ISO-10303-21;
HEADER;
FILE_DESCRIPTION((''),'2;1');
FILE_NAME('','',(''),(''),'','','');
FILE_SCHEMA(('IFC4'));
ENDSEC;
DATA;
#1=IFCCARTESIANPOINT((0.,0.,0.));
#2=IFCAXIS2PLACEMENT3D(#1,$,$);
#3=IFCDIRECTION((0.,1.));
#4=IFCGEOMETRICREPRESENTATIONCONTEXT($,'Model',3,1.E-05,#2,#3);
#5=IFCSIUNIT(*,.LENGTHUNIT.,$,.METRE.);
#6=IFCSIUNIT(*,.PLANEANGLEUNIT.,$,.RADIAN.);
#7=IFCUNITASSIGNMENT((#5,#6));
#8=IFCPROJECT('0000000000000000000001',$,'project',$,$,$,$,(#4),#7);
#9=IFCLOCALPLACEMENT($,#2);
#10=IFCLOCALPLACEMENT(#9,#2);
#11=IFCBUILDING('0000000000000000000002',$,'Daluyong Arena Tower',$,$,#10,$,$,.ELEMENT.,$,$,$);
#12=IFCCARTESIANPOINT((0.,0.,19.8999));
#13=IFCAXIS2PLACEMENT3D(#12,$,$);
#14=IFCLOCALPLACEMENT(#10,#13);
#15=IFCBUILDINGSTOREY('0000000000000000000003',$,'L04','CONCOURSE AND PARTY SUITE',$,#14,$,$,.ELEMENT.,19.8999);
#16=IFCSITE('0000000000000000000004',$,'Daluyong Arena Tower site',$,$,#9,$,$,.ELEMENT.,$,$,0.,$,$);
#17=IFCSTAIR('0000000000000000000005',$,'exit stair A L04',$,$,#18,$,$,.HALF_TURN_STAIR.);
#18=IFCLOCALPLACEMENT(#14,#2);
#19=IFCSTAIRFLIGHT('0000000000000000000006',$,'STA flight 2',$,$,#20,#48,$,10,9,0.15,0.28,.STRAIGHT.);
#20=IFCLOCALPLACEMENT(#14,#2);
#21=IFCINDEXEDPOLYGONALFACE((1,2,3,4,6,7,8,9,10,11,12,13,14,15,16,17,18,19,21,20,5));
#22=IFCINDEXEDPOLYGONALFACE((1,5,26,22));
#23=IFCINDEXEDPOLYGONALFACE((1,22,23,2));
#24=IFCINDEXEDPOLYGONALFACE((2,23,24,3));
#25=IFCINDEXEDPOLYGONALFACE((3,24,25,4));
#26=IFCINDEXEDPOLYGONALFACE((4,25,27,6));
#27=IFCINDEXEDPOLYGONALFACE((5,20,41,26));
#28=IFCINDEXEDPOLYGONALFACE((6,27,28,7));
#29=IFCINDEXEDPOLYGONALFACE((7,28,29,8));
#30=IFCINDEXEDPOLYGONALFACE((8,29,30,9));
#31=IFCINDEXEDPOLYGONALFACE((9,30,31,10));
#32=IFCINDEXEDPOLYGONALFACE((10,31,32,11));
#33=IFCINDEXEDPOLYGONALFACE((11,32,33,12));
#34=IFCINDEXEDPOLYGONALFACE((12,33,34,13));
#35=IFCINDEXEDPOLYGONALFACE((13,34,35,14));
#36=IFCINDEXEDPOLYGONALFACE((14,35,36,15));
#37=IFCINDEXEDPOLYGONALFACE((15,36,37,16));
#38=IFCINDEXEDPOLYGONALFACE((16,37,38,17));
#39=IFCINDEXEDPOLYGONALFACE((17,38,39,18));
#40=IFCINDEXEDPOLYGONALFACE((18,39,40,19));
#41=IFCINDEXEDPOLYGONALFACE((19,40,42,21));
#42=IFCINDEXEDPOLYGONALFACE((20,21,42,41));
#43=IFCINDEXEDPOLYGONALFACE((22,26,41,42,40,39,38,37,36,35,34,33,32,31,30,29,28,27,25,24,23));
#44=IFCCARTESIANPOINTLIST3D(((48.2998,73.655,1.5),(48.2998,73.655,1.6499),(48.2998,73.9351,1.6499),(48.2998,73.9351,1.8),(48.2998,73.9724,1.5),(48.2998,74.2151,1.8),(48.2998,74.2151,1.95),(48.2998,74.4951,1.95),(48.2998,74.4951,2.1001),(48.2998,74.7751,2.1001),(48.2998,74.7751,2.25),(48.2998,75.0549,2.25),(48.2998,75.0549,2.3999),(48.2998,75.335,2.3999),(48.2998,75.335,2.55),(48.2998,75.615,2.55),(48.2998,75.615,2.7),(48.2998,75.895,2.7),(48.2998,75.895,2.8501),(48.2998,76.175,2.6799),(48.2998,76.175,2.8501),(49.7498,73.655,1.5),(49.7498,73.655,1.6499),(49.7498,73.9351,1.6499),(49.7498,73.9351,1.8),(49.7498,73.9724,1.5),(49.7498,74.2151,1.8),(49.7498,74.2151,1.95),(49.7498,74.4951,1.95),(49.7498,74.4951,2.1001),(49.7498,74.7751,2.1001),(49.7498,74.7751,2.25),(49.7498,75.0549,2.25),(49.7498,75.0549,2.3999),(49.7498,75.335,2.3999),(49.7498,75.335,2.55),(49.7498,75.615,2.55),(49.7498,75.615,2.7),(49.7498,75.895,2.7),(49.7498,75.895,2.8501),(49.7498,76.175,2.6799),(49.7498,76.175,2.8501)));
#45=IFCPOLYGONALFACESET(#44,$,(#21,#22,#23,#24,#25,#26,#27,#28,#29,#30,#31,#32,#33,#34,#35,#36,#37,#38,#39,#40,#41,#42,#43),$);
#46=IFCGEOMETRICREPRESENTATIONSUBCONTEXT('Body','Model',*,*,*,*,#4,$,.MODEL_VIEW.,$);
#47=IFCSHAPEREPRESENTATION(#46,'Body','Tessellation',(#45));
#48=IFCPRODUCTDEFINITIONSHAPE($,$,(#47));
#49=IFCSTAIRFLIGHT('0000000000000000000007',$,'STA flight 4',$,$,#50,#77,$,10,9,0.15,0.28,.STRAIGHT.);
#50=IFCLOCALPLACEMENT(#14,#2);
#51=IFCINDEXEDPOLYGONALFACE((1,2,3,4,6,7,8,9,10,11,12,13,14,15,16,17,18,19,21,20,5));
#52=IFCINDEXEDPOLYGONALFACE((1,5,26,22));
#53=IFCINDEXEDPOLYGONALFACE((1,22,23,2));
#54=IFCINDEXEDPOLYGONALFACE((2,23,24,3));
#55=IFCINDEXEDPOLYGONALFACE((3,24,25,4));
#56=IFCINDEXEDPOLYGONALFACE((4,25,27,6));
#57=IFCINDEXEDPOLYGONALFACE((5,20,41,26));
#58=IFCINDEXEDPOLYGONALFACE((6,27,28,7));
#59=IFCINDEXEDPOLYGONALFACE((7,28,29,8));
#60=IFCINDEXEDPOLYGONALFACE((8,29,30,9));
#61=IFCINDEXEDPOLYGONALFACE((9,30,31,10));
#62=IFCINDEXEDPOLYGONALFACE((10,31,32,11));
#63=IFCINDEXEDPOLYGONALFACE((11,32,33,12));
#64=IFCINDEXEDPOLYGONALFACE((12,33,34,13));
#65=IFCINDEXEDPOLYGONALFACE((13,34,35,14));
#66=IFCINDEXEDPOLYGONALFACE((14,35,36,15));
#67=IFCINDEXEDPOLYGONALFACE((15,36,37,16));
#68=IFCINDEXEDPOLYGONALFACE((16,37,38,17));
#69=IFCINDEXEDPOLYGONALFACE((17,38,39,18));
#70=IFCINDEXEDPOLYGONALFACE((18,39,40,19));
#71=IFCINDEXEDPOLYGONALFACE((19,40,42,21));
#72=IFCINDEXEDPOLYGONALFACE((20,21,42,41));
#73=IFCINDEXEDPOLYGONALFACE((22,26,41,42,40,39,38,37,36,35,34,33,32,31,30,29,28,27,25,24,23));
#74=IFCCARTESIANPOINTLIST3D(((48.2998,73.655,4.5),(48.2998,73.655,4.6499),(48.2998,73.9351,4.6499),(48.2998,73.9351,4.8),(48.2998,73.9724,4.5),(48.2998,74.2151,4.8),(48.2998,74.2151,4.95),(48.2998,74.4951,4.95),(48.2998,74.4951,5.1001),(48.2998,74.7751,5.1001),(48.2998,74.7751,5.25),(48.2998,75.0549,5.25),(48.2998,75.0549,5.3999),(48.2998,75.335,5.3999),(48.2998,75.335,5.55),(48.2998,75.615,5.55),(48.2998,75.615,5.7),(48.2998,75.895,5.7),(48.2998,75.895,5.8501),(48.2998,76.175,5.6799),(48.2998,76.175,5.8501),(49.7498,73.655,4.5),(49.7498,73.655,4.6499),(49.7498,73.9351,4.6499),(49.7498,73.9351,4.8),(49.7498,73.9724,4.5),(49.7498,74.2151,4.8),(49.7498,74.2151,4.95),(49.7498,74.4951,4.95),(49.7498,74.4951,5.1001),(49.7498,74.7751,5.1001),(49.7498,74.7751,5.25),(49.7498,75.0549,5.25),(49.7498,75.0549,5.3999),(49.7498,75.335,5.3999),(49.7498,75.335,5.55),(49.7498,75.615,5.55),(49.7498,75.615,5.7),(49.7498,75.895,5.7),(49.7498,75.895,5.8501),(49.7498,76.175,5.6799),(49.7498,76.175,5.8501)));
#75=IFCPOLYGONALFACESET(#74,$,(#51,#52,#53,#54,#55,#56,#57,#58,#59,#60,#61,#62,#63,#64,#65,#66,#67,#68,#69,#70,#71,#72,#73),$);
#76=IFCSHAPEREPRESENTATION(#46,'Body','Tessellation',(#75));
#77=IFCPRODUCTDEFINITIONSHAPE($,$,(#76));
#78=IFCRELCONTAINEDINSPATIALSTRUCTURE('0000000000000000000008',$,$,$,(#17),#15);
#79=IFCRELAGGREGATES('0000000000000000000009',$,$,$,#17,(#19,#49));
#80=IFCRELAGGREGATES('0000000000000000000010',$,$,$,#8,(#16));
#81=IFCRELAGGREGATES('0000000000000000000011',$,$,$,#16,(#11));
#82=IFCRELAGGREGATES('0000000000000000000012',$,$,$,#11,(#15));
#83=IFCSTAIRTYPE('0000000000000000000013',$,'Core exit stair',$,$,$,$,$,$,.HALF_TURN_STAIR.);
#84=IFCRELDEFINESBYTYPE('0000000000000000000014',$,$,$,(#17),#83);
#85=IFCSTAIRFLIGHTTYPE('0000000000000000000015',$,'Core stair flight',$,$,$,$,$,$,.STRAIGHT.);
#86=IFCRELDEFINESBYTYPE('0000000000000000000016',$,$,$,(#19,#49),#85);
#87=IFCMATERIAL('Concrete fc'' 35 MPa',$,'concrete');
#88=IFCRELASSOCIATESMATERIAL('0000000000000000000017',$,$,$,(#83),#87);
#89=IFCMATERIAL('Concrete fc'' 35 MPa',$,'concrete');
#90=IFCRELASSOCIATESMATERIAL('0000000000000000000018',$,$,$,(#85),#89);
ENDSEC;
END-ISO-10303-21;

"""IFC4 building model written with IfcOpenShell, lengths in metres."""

from ifc_helpers import new_model, si_unit, direction, frame, origin, place, context, subcontext, project, spatial, polyline, outline, extrude, material, type_object, element, aggregate, save


model = new_model("IFC4")

# Units and contexts
model_context = context("Model", 3, precision=1e-05, world=origin(), true_north=direction((0.0, 1.0)))
body_context = subcontext(model_context, "Body", "Model", "MODEL_VIEW")
ifc_project = project(units=[si_unit("LENGTHUNIT", "METRE"), si_unit("PLANEANGLEUNIT", "RADIAN")], contexts=[model_context])

# Site, building, storey
site_placement = place(None, origin())
site = spatial("IfcSite", under=ifc_project, at=site_placement, Name="Daluyong Arena Tower site", CompositionType="ELEMENT", RefElevation=0.0)
building_placement = place(site_placement, origin())
building = spatial("IfcBuilding", under=site, at=building_placement, Name="Daluyong Arena Tower", CompositionType="ELEMENT")
storey_placement = place(building_placement, frame((0.0, 0.0, 19.8999)))
storey = spatial("IfcBuildingStorey", under=building, at=storey_placement, Name="L04", Description="CONCOURSE AND PARTY SUITE", CompositionType="ELEMENT", Elevation=19.8999)

# Stair, stair flights
ifc_material_1 = material(Name="Concrete fc' 35 MPa", Category="concrete")
stair_type = type_object("IfcStairType", Name="Core exit stair", PredefinedType="HALF_TURN_STAIR", material=ifc_material_1)
stair_placement = place(storey_placement, origin())
stair = element("IfcStair", 1, at=stair_placement, inside=storey, type_object=stair_type, Name="exit stair A L04", PredefinedType="HALF_TURN_STAIR")
ifc_material_2 = material(Name="Concrete fc' 35 MPa", Category="concrete")
stair_flight_type = type_object("IfcStairFlightType", Name="Core stair flight", PredefinedType="STRAIGHT", material=ifc_material_2)
stair_flight_1_placement = place(storey_placement, frame((49.0249, 73.655, 1.5), z_axis=(0.0, 0.0, 1.0), x_axis=(0.0, 1.0, 0.0)))
stair_flight_1 = element("IfcStairFlight", 2, at=stair_flight_1_placement, type_object=stair_flight_type, Name="STA flight 2", NumberOfRisers=10, NumberOfTreads=9, PredefinedType="STRAIGHT", RiserHeight=0.15, TreadLength=0.28, context=body_context, shape_type="SweptSolid", body=[
    extrude(outline(polyline([(0.0, 0.0), (0.0, 0.1499), (0.28, 0.1499), (0.28, 0.3), (0.5601, 0.3), (0.5601, 0.45), (0.8401, 0.45), (0.8401, 0.6001), (1.1201, 0.6001), (1.1201, 0.75), (1.3999, 0.75), (1.3999, 0.8999), (1.6799, 0.8999), (1.6799, 1.05), (1.96, 1.05), (1.96, 1.2), (2.24, 1.2), (2.24, 1.3501), (2.52, 1.3501), (2.52, 1.5), (2.52, 1.1799), (0.3174, 0.0), (0.0, 0.0)])), frame((0.0, 0.7251, 0.0), z_axis=(0.0, -1.0, 0.0), x_axis=(1.0, 0.0, 0.0)), (0.0, 0.0, 1.0), 1.45),
])
stair_flight_2_placement = place(storey_placement, frame((49.0249, 73.655, 4.5), z_axis=(0.0, 0.0, 1.0), x_axis=(0.0, 1.0, 0.0)))
stair_flight_2 = element("IfcStairFlight", 3, at=stair_flight_2_placement, type_object=stair_flight_type, Name="STA flight 4", NumberOfRisers=10, NumberOfTreads=9, PredefinedType="STRAIGHT", RiserHeight=0.15, TreadLength=0.28, context=body_context, shape_type="SweptSolid", body=[
    extrude(outline(polyline([(0.0, 0.0), (0.0, 0.1499), (0.28, 0.1499), (0.28, 0.3), (0.5601, 0.3), (0.5601, 0.45), (0.8401, 0.45), (0.8401, 0.6001), (1.1201, 0.6001), (1.1201, 0.75), (1.3999, 0.75), (1.3999, 0.8999), (1.6799, 0.8999), (1.6799, 1.05), (1.96, 1.05), (1.96, 1.2), (2.24, 1.2), (2.24, 1.3501), (2.52, 1.3501), (2.52, 1.5), (2.52, 1.1799), (0.3174, 0.0), (0.0, 0.0)])), frame((0.0, 0.7251, 0.0), z_axis=(0.0, -1.0, 0.0), x_axis=(1.0, 0.0, 0.0)), (0.0, 0.0, 1.0), 1.45),
])
aggregate(stair, [stair_flight_1, stair_flight_2])

save(model, "model.ifc")
